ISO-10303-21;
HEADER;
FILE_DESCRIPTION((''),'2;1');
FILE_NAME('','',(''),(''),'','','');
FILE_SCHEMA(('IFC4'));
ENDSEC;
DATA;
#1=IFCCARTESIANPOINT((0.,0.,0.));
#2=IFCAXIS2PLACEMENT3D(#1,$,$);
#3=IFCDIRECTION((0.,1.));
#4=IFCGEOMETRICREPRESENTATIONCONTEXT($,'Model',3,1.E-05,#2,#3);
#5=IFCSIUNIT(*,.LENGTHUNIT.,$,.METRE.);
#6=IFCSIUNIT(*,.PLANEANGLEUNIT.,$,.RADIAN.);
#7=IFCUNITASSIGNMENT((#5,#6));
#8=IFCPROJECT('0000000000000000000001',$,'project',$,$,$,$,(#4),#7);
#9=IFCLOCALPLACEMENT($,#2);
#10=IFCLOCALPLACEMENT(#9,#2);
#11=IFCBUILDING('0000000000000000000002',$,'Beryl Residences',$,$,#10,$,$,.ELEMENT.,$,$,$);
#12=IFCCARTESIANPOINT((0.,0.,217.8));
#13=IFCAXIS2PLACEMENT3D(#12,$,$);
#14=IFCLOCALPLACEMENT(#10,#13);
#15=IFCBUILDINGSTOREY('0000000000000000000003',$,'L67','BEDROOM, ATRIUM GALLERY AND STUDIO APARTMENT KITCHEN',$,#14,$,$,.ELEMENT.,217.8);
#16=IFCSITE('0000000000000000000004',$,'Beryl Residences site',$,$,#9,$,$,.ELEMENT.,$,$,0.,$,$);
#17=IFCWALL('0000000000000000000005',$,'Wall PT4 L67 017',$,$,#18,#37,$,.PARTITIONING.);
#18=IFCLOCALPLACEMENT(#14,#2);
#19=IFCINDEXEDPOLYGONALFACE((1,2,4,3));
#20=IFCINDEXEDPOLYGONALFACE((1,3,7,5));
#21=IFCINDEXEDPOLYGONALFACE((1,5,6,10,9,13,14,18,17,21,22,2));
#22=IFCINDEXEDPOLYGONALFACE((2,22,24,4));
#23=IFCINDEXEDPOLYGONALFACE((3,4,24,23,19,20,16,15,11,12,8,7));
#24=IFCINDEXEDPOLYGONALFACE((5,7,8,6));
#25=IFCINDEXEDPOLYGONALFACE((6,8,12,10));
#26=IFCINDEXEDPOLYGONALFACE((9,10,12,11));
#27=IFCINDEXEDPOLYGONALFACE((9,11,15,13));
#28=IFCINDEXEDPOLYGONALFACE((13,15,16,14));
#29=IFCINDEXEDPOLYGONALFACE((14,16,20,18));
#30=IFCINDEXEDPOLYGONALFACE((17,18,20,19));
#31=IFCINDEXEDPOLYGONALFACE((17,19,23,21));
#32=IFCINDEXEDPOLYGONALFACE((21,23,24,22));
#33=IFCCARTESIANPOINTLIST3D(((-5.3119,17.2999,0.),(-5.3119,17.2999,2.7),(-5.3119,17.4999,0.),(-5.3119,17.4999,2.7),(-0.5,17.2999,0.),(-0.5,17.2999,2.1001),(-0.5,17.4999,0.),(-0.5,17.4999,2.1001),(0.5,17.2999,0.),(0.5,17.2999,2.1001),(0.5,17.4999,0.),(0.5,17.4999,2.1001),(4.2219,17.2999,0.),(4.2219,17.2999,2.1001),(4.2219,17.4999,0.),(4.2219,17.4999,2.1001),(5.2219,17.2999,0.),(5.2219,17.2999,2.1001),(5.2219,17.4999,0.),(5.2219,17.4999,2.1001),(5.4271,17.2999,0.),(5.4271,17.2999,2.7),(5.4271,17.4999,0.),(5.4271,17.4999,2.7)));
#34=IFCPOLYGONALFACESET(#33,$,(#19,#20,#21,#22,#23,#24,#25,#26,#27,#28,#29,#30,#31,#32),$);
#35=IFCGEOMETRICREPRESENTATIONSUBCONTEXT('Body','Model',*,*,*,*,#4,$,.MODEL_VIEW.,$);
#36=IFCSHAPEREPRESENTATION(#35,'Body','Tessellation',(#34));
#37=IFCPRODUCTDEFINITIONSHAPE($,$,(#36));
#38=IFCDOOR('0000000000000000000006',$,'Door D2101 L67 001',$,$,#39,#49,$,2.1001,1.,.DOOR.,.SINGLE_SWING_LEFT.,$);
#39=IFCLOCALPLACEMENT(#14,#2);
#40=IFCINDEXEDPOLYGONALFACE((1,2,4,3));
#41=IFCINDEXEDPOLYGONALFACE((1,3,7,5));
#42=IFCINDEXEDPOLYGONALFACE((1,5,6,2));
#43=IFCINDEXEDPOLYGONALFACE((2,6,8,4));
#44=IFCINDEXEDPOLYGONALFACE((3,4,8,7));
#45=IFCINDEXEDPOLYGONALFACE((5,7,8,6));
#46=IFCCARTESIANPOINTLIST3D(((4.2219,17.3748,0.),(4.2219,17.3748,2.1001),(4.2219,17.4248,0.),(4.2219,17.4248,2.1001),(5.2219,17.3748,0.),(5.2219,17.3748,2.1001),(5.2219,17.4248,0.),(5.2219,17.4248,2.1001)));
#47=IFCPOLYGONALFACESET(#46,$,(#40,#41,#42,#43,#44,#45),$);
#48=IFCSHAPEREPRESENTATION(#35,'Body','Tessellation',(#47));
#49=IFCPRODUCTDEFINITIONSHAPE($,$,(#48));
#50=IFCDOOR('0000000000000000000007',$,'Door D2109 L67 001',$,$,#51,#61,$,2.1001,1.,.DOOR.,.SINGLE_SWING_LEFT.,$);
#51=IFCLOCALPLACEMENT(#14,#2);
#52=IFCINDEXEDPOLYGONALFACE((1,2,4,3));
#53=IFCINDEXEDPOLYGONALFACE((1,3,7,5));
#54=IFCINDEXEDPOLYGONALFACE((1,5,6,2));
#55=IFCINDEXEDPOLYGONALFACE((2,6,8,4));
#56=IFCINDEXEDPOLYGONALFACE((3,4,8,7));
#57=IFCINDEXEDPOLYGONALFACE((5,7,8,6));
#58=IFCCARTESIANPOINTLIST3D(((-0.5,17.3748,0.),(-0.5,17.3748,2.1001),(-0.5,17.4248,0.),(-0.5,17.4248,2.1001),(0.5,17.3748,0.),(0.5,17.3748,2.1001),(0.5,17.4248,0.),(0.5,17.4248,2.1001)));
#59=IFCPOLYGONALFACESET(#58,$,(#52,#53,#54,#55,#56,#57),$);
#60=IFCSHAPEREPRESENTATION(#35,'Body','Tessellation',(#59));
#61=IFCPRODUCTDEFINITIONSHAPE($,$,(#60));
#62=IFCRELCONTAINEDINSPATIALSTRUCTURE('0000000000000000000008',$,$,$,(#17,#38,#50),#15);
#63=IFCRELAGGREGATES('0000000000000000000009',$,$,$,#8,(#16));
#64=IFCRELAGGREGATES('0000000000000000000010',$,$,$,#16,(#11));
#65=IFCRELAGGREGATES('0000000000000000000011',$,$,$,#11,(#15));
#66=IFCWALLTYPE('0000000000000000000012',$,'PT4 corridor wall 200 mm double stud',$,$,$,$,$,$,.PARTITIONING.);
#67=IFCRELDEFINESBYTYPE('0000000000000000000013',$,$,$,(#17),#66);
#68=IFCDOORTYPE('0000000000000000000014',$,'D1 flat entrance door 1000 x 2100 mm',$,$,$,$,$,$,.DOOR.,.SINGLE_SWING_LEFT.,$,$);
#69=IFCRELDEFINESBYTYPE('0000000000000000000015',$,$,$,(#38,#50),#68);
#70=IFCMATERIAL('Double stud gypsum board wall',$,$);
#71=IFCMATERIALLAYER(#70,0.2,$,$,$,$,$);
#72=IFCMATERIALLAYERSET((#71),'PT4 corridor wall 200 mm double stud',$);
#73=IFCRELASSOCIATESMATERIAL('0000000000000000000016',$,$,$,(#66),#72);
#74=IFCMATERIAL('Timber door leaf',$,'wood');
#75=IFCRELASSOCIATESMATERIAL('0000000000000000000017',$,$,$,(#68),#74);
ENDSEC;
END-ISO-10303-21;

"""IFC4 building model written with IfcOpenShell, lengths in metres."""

from ifc_helpers import new_model, si_unit, direction, frame, frame_2d, origin, place, context, subcontext, project, spatial, rectangle, extrude, material, layer, layer_set, type_object, element, fill, save


model = new_model("IFC4")

# Units and contexts
model_context = context("Model", 3, precision=1e-05, world=origin(), true_north=direction((0.0, 1.0)))
body_context = subcontext(model_context, "Body", "Model", "MODEL_VIEW")
ifc_project = project(units=[si_unit("LENGTHUNIT", "METRE"), si_unit("PLANEANGLEUNIT", "RADIAN")], contexts=[model_context])

# Site, building, storey
site_placement = place(None, origin())
site = spatial("IfcSite", under=ifc_project, at=site_placement, Name="Beryl Residences site", CompositionType="ELEMENT", RefElevation=0.0)
building_placement = place(site_placement, origin())
building = spatial("IfcBuilding", under=site, at=building_placement, Name="Beryl Residences", CompositionType="ELEMENT")
storey_placement = place(building_placement, frame((0.0, 0.0, 217.8)))
storey = spatial("IfcBuildingStorey", under=building, at=storey_placement, Name="L67", Description="BEDROOM, ATRIUM GALLERY AND STUDIO APARTMENT KITCHEN", CompositionType="ELEMENT", Elevation=217.8)

# Wall, openings, doors
ifc_material_1 = material(Name="Double stud gypsum board wall")
ifc_layer_1 = layer(ifc_material_1, 0.2)
ifc_layer_set_1 = layer_set([ifc_layer_1], Name="PT4 corridor wall 200 mm double stud")
wall_type_1 = type_object("IfcWallType", Name="PT4 corridor wall 200 mm double stud", PredefinedType="PARTITIONING", material=ifc_layer_set_1)
wall_1_placement = place(storey_placement, frame((-5.312, 17.3999, 0.0), z_axis=(0.0, 0.0, 1.0), x_axis=(1.0, 0.0, 0.0)))
wall_1 = element("IfcWall", 1, at=wall_1_placement, inside=storey, type_object=wall_type_1, Name="Wall PT4 L67 017", PredefinedType="PARTITIONING", context=body_context, shape_type="SweptSolid", body=[
    extrude(rectangle(XDim=10.739, YDim=0.2, at=frame_2d((5.3696, 0.0))), origin(), (0.0, 0.0, 1.0), 2.7),
])
opening_1_placement = place(wall_1_placement, frame((9.5339, 0.0, 0.0)))
opening_1 = element("IfcOpeningElement", 2, at=opening_1_placement, cuts=wall_1, PredefinedType="OPENING", context=body_context, shape_type="SweptSolid", body=[
    extrude(rectangle(XDim=1.0, YDim=2.1001, at=frame_2d((0.5, 1.05))), frame((0.0, 0.1099, 0.0), z_axis=(0.0, -1.0, 0.0), x_axis=(1.0, 0.0, 0.0)), (0.0, 0.0, 1.0), 0.22),
])
opening_2_placement = place(wall_1_placement, frame((4.812, 0.0, 0.0)))
opening_2 = element("IfcOpeningElement", 3, at=opening_2_placement, cuts=wall_1, PredefinedType="OPENING", context=body_context, shape_type="SweptSolid", body=[
    extrude(rectangle(XDim=1.0, YDim=2.1001, at=frame_2d((0.5, 1.05))), frame((0.0, 0.1099, 0.0), z_axis=(0.0, -1.0, 0.0), x_axis=(1.0, 0.0, 0.0)), (0.0, 0.0, 1.0), 0.22),
])
ifc_material_2 = material(Name="Timber door leaf", Category="wood")
door_type_1 = type_object("IfcDoorType", Name="D1 flat entrance door 1000 x 2100 mm", OperationType="SINGLE_SWING_LEFT", PredefinedType="DOOR", material=ifc_material_2)
door_1_placement = place(opening_1_placement, origin())
door_1 = element("IfcDoor", 4, at=door_1_placement, inside=storey, type_object=door_type_1, Name="Door D2101 L67 001", OperationType="SINGLE_SWING_LEFT", OverallHeight=2.1001, OverallWidth=1.0, PredefinedType="DOOR", context=body_context, shape_type="SweptSolid", body=[
    extrude(rectangle(XDim=1.0, YDim=2.1001, at=frame_2d((0.5, 1.05))), frame((0.0, 0.0249, 0.0), z_axis=(0.0, -1.0, 0.0), x_axis=(1.0, 0.0, 0.0)), (0.0, 0.0, 1.0), 0.05),
])
fill(opening_1, door_1)
door_2_placement = place(opening_2_placement, origin())
door_2 = element("IfcDoor", 5, at=door_2_placement, inside=storey, type_object=door_type_1, Name="Door D2109 L67 001", OperationType="SINGLE_SWING_LEFT", OverallHeight=2.1001, OverallWidth=1.0, PredefinedType="DOOR", context=body_context, shape_type="SweptSolid", body=[
    extrude(rectangle(XDim=1.0, YDim=2.1001, at=frame_2d((0.5, 1.05))), frame((0.0, 0.0249, 0.0), z_axis=(0.0, -1.0, 0.0), x_axis=(1.0, 0.0, 0.0)), (0.0, 0.0, 1.0), 0.05),
])
fill(opening_2, door_2)

save(model, "model.ifc")
